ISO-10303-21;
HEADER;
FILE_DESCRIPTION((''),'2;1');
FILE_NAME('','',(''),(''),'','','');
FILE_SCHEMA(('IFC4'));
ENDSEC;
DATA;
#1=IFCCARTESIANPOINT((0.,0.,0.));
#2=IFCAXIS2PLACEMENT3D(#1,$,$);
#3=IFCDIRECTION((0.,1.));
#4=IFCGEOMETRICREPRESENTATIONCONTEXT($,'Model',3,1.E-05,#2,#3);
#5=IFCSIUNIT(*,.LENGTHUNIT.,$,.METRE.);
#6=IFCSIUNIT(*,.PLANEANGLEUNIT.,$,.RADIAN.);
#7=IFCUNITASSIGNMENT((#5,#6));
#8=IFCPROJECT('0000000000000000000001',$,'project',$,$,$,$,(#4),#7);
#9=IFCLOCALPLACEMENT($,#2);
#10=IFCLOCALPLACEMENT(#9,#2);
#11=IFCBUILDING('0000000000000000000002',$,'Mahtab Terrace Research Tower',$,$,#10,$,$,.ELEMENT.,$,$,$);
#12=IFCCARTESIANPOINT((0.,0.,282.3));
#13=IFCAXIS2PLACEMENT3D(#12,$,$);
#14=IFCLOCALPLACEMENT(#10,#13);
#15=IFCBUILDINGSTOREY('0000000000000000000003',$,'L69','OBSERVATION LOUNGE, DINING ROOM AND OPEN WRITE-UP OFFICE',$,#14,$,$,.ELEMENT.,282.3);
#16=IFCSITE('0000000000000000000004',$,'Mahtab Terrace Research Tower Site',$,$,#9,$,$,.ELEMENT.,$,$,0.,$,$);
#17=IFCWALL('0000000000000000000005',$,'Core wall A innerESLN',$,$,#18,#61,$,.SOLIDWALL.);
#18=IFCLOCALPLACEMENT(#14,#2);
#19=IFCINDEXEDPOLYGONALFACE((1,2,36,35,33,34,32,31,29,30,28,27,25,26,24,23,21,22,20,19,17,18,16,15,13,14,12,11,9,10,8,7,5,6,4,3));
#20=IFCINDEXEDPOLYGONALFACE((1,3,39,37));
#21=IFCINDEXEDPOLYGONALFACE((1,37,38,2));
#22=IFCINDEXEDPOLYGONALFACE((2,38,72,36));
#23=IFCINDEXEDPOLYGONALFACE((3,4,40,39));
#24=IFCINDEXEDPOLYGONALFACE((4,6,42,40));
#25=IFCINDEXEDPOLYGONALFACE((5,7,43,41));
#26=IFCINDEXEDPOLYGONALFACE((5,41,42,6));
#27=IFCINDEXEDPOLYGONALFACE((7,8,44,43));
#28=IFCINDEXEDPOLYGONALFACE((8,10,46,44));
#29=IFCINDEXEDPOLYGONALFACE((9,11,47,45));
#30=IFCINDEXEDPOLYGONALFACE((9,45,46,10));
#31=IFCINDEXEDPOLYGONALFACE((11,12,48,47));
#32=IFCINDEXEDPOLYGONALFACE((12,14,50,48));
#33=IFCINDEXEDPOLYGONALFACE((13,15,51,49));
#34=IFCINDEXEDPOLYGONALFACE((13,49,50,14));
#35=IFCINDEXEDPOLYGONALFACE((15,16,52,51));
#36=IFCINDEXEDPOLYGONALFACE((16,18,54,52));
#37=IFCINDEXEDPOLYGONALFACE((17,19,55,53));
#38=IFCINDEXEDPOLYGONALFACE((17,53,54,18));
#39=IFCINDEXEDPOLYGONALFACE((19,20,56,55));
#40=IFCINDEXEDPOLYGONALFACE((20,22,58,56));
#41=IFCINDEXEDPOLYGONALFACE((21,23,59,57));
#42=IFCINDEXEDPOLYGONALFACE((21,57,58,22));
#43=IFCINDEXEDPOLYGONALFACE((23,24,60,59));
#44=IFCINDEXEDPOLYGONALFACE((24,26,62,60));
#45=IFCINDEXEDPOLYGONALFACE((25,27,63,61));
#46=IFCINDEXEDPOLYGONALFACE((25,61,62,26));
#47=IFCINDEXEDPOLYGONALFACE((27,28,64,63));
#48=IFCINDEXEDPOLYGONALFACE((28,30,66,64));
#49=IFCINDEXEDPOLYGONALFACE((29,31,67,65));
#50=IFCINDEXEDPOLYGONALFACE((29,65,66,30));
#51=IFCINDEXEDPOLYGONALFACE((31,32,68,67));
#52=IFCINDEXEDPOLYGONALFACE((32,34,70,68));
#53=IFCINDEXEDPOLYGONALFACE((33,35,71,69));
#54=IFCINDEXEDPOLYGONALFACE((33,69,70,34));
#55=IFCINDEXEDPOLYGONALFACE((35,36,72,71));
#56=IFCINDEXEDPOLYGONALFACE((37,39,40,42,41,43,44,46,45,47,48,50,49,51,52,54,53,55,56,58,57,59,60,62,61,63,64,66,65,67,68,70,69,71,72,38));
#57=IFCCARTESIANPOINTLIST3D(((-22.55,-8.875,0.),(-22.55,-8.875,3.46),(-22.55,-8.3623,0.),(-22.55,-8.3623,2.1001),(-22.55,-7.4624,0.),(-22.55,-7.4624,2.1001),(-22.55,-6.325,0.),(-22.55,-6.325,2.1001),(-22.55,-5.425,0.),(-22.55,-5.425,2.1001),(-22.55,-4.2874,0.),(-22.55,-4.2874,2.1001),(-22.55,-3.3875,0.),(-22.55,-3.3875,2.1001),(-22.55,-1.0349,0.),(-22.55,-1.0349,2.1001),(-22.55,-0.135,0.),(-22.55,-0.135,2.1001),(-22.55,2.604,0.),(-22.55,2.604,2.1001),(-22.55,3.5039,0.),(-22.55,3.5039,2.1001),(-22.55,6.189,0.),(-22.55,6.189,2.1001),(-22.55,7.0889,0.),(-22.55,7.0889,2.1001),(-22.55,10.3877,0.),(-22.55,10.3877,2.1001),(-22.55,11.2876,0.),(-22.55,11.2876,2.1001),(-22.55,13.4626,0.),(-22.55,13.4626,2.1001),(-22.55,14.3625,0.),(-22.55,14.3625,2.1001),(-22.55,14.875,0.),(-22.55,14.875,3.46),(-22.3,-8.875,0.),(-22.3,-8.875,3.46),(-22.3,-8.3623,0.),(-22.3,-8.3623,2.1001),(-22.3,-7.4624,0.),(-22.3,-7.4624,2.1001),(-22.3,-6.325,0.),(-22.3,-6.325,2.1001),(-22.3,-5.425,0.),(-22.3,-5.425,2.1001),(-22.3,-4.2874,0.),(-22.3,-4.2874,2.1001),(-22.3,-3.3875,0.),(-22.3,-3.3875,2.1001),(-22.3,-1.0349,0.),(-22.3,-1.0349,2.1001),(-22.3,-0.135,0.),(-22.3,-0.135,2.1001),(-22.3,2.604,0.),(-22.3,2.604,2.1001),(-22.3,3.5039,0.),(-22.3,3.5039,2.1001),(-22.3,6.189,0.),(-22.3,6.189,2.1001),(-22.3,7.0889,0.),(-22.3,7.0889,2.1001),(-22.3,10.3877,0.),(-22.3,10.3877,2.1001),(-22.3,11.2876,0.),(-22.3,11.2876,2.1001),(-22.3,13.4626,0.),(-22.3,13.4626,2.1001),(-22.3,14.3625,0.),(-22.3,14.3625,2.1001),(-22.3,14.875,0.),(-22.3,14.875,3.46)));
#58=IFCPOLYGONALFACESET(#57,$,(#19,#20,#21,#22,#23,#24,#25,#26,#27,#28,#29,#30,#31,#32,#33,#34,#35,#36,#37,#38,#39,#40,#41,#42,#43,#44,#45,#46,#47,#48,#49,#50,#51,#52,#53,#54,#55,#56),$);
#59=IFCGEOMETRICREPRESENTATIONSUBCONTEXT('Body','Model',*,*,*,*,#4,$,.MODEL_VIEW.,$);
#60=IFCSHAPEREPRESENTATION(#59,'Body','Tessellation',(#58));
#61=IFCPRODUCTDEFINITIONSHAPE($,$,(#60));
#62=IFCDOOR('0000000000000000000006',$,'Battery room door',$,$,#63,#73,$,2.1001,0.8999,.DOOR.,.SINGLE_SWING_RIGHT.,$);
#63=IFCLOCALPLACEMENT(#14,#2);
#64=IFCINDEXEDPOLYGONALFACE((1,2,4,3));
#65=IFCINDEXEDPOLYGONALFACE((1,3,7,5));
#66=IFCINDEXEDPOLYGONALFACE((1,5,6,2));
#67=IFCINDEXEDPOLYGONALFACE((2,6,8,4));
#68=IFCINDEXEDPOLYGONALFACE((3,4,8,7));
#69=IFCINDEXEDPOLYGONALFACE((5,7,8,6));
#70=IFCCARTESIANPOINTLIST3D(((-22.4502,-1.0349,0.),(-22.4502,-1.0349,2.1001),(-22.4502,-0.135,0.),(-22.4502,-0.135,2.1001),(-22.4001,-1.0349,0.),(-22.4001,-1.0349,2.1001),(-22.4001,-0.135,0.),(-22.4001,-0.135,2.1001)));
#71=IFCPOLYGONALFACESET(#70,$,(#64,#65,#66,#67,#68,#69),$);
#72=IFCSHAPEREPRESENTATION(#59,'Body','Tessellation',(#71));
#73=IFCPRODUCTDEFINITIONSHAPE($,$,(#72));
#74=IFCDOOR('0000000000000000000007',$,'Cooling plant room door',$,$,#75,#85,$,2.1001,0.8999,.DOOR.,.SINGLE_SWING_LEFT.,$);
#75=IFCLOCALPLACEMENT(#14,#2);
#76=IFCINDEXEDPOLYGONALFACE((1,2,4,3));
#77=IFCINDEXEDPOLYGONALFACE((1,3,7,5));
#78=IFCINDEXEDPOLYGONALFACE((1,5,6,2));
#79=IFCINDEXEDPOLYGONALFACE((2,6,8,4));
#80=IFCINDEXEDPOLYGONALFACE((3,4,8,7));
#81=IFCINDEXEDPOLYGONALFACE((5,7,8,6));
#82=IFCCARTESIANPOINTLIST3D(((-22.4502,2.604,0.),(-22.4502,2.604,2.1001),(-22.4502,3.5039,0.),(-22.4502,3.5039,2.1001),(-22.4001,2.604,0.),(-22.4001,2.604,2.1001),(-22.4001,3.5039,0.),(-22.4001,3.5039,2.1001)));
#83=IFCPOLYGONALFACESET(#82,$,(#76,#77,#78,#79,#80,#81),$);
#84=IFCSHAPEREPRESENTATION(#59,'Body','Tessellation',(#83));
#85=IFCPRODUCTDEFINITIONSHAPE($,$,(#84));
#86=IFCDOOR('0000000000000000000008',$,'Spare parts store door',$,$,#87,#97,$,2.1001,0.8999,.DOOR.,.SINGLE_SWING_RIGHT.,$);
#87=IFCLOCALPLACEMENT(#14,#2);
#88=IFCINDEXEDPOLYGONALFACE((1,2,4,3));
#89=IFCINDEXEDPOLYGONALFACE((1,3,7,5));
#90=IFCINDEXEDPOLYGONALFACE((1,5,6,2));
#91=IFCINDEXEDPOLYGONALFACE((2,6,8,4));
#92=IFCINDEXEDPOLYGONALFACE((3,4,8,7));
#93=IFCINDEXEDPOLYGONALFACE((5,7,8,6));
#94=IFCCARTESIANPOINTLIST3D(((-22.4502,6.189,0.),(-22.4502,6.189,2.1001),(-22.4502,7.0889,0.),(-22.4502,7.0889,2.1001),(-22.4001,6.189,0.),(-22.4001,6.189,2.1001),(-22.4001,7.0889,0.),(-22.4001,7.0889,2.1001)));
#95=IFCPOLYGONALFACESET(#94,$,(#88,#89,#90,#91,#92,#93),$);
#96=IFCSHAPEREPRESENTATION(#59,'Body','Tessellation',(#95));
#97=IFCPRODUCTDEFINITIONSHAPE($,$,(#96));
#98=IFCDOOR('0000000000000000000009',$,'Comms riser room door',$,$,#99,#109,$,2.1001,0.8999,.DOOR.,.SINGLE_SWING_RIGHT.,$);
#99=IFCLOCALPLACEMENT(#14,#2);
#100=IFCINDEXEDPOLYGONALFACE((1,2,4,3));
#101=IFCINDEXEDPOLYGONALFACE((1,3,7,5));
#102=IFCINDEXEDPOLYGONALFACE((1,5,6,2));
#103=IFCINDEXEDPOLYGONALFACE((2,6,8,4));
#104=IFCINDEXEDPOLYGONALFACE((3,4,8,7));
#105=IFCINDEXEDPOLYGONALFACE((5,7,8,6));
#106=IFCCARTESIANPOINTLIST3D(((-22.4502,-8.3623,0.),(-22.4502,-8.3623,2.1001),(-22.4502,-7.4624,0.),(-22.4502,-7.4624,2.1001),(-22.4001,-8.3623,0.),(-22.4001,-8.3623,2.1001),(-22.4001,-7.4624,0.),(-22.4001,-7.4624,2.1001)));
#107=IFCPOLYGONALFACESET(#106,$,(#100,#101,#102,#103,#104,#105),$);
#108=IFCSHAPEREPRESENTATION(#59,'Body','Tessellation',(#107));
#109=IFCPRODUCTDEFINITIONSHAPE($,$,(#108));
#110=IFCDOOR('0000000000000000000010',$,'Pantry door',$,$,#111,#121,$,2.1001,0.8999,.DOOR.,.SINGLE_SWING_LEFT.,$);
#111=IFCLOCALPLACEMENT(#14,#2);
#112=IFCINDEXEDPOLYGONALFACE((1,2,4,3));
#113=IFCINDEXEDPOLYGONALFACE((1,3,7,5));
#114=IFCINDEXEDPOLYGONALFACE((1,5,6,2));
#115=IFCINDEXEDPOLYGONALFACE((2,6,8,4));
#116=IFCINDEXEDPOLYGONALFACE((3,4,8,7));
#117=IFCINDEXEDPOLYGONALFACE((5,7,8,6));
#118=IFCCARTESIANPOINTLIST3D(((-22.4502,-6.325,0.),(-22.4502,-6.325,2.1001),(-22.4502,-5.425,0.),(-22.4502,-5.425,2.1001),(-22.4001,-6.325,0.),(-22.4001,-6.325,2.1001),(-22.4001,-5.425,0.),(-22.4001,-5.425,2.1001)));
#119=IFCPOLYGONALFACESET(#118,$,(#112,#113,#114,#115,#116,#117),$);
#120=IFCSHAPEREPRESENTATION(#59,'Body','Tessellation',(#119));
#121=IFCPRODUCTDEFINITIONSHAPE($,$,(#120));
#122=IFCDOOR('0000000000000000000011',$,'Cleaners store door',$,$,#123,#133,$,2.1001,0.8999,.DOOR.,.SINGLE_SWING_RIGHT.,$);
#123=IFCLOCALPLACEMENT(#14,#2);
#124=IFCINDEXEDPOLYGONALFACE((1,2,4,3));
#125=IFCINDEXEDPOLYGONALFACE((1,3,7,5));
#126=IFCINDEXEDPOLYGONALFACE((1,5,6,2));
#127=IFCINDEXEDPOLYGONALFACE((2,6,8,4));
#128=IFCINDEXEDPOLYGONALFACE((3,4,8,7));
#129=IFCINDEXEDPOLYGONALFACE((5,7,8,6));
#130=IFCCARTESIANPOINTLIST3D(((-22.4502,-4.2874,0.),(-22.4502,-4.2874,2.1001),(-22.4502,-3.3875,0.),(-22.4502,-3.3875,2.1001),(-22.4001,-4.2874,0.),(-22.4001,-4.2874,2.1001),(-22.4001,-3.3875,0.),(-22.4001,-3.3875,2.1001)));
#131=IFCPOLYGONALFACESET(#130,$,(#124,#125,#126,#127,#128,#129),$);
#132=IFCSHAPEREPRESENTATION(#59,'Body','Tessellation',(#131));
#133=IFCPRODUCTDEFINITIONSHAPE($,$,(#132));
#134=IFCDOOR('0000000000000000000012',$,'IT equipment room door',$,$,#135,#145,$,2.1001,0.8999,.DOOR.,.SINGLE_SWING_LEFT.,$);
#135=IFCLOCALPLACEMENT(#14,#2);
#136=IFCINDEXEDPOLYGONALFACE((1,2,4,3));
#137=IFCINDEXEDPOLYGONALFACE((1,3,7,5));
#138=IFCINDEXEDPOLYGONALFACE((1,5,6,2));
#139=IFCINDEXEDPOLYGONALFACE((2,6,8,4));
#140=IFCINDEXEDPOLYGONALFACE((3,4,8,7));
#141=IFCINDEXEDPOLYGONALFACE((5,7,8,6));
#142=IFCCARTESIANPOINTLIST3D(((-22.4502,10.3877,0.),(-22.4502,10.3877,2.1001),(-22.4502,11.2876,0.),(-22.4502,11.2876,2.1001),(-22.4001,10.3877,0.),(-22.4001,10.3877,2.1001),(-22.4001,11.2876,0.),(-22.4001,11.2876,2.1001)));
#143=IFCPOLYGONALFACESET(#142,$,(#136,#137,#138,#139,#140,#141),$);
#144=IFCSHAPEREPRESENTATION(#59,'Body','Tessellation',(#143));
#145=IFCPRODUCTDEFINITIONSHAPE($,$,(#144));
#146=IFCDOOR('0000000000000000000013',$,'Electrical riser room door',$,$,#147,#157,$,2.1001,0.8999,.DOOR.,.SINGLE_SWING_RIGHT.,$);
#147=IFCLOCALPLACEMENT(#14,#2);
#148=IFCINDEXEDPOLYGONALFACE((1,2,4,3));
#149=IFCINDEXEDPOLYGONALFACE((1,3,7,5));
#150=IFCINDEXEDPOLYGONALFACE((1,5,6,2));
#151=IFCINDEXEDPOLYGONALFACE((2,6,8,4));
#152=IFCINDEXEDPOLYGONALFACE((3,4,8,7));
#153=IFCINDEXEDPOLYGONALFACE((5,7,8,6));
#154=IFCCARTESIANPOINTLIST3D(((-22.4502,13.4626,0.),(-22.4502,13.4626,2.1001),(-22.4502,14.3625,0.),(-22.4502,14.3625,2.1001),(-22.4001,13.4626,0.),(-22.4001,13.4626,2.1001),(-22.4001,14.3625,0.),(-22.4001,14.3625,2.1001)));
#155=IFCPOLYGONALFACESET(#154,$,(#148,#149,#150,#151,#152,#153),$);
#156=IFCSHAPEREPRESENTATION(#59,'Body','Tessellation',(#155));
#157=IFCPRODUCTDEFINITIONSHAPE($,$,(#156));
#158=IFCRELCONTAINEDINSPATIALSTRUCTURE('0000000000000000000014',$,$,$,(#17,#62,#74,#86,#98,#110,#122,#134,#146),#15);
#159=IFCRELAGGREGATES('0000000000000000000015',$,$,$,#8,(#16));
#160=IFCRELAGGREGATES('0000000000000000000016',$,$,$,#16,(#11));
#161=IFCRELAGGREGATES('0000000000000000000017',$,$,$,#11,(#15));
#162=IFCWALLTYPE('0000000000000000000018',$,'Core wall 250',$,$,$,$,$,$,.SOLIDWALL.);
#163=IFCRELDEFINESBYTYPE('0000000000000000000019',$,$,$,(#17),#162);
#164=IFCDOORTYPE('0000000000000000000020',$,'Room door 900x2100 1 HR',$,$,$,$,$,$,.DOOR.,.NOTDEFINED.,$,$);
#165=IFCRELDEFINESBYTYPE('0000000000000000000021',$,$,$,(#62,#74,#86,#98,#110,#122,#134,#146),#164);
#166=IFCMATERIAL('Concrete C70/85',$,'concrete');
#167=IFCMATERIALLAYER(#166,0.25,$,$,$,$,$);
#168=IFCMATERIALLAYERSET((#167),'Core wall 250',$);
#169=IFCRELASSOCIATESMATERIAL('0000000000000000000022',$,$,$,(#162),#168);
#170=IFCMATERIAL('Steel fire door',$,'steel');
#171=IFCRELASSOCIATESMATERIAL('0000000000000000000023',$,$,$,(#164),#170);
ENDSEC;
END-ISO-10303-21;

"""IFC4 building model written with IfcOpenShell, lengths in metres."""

from ifc_helpers import new_model, si_unit, direction, frame, frame_2d, origin, place, context, subcontext, project, spatial, rectangle, extrude, material, layer, layer_set, type_object, element, fill, save


model = new_model("IFC4")

# Units and contexts
model_context = context("Model", 3, precision=1e-05, world=origin(), true_north=direction((0.0, 1.0)))
body_context = subcontext(model_context, "Body", "Model", "MODEL_VIEW")
ifc_project = project(units=[si_unit("LENGTHUNIT", "METRE"), si_unit("PLANEANGLEUNIT", "RADIAN")], contexts=[model_context])

# Site, building, storey
site_placement = place(None, origin())
site = spatial("IfcSite", under=ifc_project, at=site_placement, Name="Mahtab Terrace Research Tower Site", CompositionType="ELEMENT", RefElevation=0.0)
building_placement = place(site_placement, origin())
building = spatial("IfcBuilding", under=site, at=building_placement, Name="Mahtab Terrace Research Tower", CompositionType="ELEMENT")
storey_placement = place(building_placement, frame((0.0, 0.0, 282.3)))
storey = spatial("IfcBuildingStorey", under=building, at=storey_placement, Name="L69", Description="OBSERVATION LOUNGE, DINING ROOM AND OPEN WRITE-UP OFFICE", CompositionType="ELEMENT", Elevation=282.3)

# Shared definitions
ifc_material_1 = material(Name="Concrete C70/85", Category="concrete")
ifc_layer_1 = layer(ifc_material_1, 0.25)
ifc_layer_set_1 = layer_set([ifc_layer_1], Name="Core wall 250")
wall_type_1 = type_object("IfcWallType", Name="Core wall 250", PredefinedType="SOLIDWALL", material=ifc_layer_set_1)

# Shared definitions
ifc_material_2 = material(Name="Steel fire door", Category="steel")

# Wall, openings, doors
wall_1_placement = place(storey_placement, frame((-22.425, 14.875, 0.0), z_axis=(0.0, 0.0, 1.0), x_axis=(0.0, -1.0, 0.0)))
wall_1 = element("IfcWall", 1, at=wall_1_placement, inside=storey, type_object=wall_type_1, Name="Core wall A innerESLN", PredefinedType="SOLIDWALL", context=body_context, shape_type="SweptSolid", body=[
    extrude(rectangle(XDim=23.75, YDim=0.25, at=frame_2d((11.875, 0.0))), origin(), (0.0, 0.0, 1.0), 3.46),
])
opening_1_placement = place(wall_1_placement, frame((15.01, 0.0, 0.0)))
opening_1 = element("IfcOpeningElement", 2, at=opening_1_placement, cuts=wall_1, PredefinedType="OPENING", context=body_context, shape_type="SweptSolid", body=[
    extrude(rectangle(XDim=0.8999, YDim=2.1001, at=frame_2d((0.45, 1.05))), frame((0.0, 0.135, 0.0), z_axis=(0.0, -1.0, 0.0), x_axis=(1.0, 0.0, 0.0)), (0.0, 0.0, 1.0), 0.27),
])
opening_2_placement = place(wall_1_placement, frame((11.3711, 0.0, 0.0)))
opening_2 = element("IfcOpeningElement", 3, at=opening_2_placement, cuts=wall_1, PredefinedType="OPENING", context=body_context, shape_type="SweptSolid", body=[
    extrude(rectangle(XDim=0.8999, YDim=2.1001, at=frame_2d((0.45, 1.05))), frame((0.0, 0.135, 0.0), z_axis=(0.0, -1.0, 0.0), x_axis=(1.0, 0.0, 0.0)), (0.0, 0.0, 1.0), 0.27),
])
opening_3_placement = place(wall_1_placement, frame((7.7861, 0.0, 0.0)))
opening_3 = element("IfcOpeningElement", 4, at=opening_3_placement, cuts=wall_1, PredefinedType="OPENING", context=body_context, shape_type="SweptSolid", body=[
    extrude(rectangle(XDim=0.8999, YDim=2.1001, at=frame_2d((0.45, 1.05))), frame((0.0, 0.135, 0.0), z_axis=(0.0, -1.0, 0.0), x_axis=(1.0, 0.0, 0.0)), (0.0, 0.0, 1.0), 0.27),
])
opening_4_placement = place(wall_1_placement, frame((22.3374, 0.0, 0.0)))
opening_4 = element("IfcOpeningElement", 5, at=opening_4_placement, cuts=wall_1, PredefinedType="OPENING", context=body_context, shape_type="SweptSolid", body=[
    extrude(rectangle(XDim=0.8999, YDim=2.1001, at=frame_2d((0.45, 1.05))), frame((0.0, 0.135, 0.0), z_axis=(0.0, -1.0, 0.0), x_axis=(1.0, 0.0, 0.0)), (0.0, 0.0, 1.0), 0.27),
])
opening_5_placement = place(wall_1_placement, frame((20.3, 0.0, 0.0)))
opening_5 = element("IfcOpeningElement", 6, at=opening_5_placement, cuts=wall_1, PredefinedType="OPENING", context=body_context, shape_type="SweptSolid", body=[
    extrude(rectangle(XDim=0.8999, YDim=2.1001, at=frame_2d((0.45, 1.05))), frame((0.0, 0.135, 0.0), z_axis=(0.0, -1.0, 0.0), x_axis=(1.0, 0.0, 0.0)), (0.0, 0.0, 1.0), 0.27),
])
opening_6_placement = place(wall_1_placement, frame((18.2625, 0.0, 0.0)))
opening_6 = element("IfcOpeningElement", 7, at=opening_6_placement, cuts=wall_1, PredefinedType="OPENING", context=body_context, shape_type="SweptSolid", body=[
    extrude(rectangle(XDim=0.8999, YDim=2.1001, at=frame_2d((0.45, 1.05))), frame((0.0, 0.135, 0.0), z_axis=(0.0, -1.0, 0.0), x_axis=(1.0, 0.0, 0.0)), (0.0, 0.0, 1.0), 0.27),
])
opening_7_placement = place(wall_1_placement, frame((3.5874, 0.0, 0.0)))
opening_7 = element("IfcOpeningElement", 8, at=opening_7_placement, cuts=wall_1, PredefinedType="OPENING", context=body_context, shape_type="SweptSolid", body=[
    extrude(rectangle(XDim=0.8999, YDim=2.1001, at=frame_2d((0.45, 1.05))), frame((0.0, 0.135, 0.0), z_axis=(0.0, -1.0, 0.0), x_axis=(1.0, 0.0, 0.0)), (0.0, 0.0, 1.0), 0.27),
])
opening_8_placement = place(wall_1_placement, frame((0.5125, 0.0, 0.0)))
opening_8 = element("IfcOpeningElement", 9, at=opening_8_placement, cuts=wall_1, PredefinedType="OPENING", context=body_context, shape_type="SweptSolid", body=[
    extrude(rectangle(XDim=0.8999, YDim=2.1001, at=frame_2d((0.45, 1.05))), frame((0.0, 0.135, 0.0), z_axis=(0.0, -1.0, 0.0), x_axis=(1.0, 0.0, 0.0)), (0.0, 0.0, 1.0), 0.27),
])
door_type_1 = type_object("IfcDoorType", Name="Room door 900x2100 1 HR", OperationType="NOTDEFINED", PredefinedType="DOOR", material=ifc_material_2)
door_1_placement = place(opening_1_placement, origin())
door_1 = element("IfcDoor", 10, at=door_1_placement, inside=storey, type_object=door_type_1, Name="Battery room door", OperationType="SINGLE_SWING_RIGHT", OverallHeight=2.1001, OverallWidth=0.8999, PredefinedType="DOOR", context=body_context, shape_type="SweptSolid", body=[
    extrude(rectangle(XDim=0.8999, YDim=2.1001, at=frame_2d((0.45, 1.05))), frame((0.0, 0.0249, 0.0), z_axis=(0.0, -1.0, 0.0), x_axis=(1.0, 0.0, 0.0)), (0.0, 0.0, 1.0), 0.05),
])
fill(opening_1, door_1)
door_2_placement = place(opening_2_placement, origin())
door_2 = element("IfcDoor", 11, at=door_2_placement, inside=storey, type_object=door_type_1, Name="Cooling plant room door", OperationType="SINGLE_SWING_LEFT", OverallHeight=2.1001, OverallWidth=0.8999, PredefinedType="DOOR", context=body_context, shape_type="SweptSolid", body=[
    extrude(rectangle(XDim=0.8999, YDim=2.1001, at=frame_2d((0.45, 1.05))), frame((0.0, 0.0249, 0.0), z_axis=(0.0, -1.0, 0.0), x_axis=(1.0, 0.0, 0.0)), (0.0, 0.0, 1.0), 0.05),
])
fill(opening_2, door_2)
door_3_placement = place(opening_3_placement, origin())
door_3 = element("IfcDoor", 12, at=door_3_placement, inside=storey, type_object=door_type_1, Name="Spare parts store door", OperationType="SINGLE_SWING_RIGHT", OverallHeight=2.1001, OverallWidth=0.8999, PredefinedType="DOOR", context=body_context, shape_type="SweptSolid", body=[
    extrude(rectangle(XDim=0.8999, YDim=2.1001, at=frame_2d((0.45, 1.05))), frame((0.0, 0.0249, 0.0), z_axis=(0.0, -1.0, 0.0), x_axis=(1.0, 0.0, 0.0)), (0.0, 0.0, 1.0), 0.05),
])
fill(opening_3, door_3)
door_4_placement = place(opening_4_placement, origin())
door_4 = element("IfcDoor", 13, at=door_4_placement, inside=storey, type_object=door_type_1, Name="Comms riser room door", OperationType="SINGLE_SWING_RIGHT", OverallHeight=2.1001, OverallWidth=0.8999, PredefinedType="DOOR", context=body_context, shape_type="SweptSolid", body=[
    extrude(rectangle(XDim=0.8999, YDim=2.1001, at=frame_2d((0.45, 1.05))), frame((0.0, 0.0249, 0.0), z_axis=(0.0, -1.0, 0.0), x_axis=(1.0, 0.0, 0.0)), (0.0, 0.0, 1.0), 0.05),
])
fill(opening_4, door_4)
door_5_placement = place(opening_5_placement, origin())
door_5 = element("IfcDoor", 14, at=door_5_placement, inside=storey, type_object=door_type_1, Name="Pantry door", OperationType="SINGLE_SWING_LEFT", OverallHeight=2.1001, OverallWidth=0.8999, PredefinedType="DOOR", context=body_context, shape_type="SweptSolid", body=[
    extrude(rectangle(XDim=0.8999, YDim=2.1001, at=frame_2d((0.45, 1.05))), frame((0.0, 0.0249, 0.0), z_axis=(0.0, -1.0, 0.0), x_axis=(1.0, 0.0, 0.0)), (0.0, 0.0, 1.0), 0.05),
])
fill(opening_5, door_5)
door_6_placement = place(opening_6_placement, origin())
door_6 = element("IfcDoor", 15, at=door_6_placement, inside=storey, type_object=door_type_1, Name="Cleaners store door", OperationType="SINGLE_SWING_RIGHT", OverallHeight=2.1001, OverallWidth=0.8999, PredefinedType="DOOR", context=body_context, shape_type="SweptSolid", body=[
    extrude(rectangle(XDim=0.8999, YDim=2.1001, at=frame_2d((0.45, 1.05))), frame((0.0, 0.0249, 0.0), z_axis=(0.0, -1.0, 0.0), x_axis=(1.0, 0.0, 0.0)), (0.0, 0.0, 1.0), 0.05),
])
fill(opening_6, door_6)
door_7_placement = place(opening_7_placement, origin())
door_7 = element("IfcDoor", 16, at=door_7_placement, inside=storey, type_object=door_type_1, Name="IT equipment room door", OperationType="SINGLE_SWING_LEFT", OverallHeight=2.1001, OverallWidth=0.8999, PredefinedType="DOOR", context=body_context, shape_type="SweptSolid", body=[
    extrude(rectangle(XDim=0.8999, YDim=2.1001, at=frame_2d((0.45, 1.05))), frame((0.0, 0.0249, 0.0), z_axis=(0.0, -1.0, 0.0), x_axis=(1.0, 0.0, 0.0)), (0.0, 0.0, 1.0), 0.05),
])
fill(opening_7, door_7)
door_8_placement = place(opening_8_placement, origin())
door_8 = element("IfcDoor", 17, at=door_8_placement, inside=storey, type_object=door_type_1, Name="Electrical riser room door", OperationType="SINGLE_SWING_RIGHT", OverallHeight=2.1001, OverallWidth=0.8999, PredefinedType="DOOR", context=body_context, shape_type="SweptSolid", body=[
    extrude(rectangle(XDim=0.8999, YDim=2.1001, at=frame_2d((0.45, 1.05))), frame((0.0, 0.0249, 0.0), z_axis=(0.0, -1.0, 0.0), x_axis=(1.0, 0.0, 0.0)), (0.0, 0.0, 1.0), 0.05),
])
fill(opening_8, door_8)

save(model, "model.ifc")
